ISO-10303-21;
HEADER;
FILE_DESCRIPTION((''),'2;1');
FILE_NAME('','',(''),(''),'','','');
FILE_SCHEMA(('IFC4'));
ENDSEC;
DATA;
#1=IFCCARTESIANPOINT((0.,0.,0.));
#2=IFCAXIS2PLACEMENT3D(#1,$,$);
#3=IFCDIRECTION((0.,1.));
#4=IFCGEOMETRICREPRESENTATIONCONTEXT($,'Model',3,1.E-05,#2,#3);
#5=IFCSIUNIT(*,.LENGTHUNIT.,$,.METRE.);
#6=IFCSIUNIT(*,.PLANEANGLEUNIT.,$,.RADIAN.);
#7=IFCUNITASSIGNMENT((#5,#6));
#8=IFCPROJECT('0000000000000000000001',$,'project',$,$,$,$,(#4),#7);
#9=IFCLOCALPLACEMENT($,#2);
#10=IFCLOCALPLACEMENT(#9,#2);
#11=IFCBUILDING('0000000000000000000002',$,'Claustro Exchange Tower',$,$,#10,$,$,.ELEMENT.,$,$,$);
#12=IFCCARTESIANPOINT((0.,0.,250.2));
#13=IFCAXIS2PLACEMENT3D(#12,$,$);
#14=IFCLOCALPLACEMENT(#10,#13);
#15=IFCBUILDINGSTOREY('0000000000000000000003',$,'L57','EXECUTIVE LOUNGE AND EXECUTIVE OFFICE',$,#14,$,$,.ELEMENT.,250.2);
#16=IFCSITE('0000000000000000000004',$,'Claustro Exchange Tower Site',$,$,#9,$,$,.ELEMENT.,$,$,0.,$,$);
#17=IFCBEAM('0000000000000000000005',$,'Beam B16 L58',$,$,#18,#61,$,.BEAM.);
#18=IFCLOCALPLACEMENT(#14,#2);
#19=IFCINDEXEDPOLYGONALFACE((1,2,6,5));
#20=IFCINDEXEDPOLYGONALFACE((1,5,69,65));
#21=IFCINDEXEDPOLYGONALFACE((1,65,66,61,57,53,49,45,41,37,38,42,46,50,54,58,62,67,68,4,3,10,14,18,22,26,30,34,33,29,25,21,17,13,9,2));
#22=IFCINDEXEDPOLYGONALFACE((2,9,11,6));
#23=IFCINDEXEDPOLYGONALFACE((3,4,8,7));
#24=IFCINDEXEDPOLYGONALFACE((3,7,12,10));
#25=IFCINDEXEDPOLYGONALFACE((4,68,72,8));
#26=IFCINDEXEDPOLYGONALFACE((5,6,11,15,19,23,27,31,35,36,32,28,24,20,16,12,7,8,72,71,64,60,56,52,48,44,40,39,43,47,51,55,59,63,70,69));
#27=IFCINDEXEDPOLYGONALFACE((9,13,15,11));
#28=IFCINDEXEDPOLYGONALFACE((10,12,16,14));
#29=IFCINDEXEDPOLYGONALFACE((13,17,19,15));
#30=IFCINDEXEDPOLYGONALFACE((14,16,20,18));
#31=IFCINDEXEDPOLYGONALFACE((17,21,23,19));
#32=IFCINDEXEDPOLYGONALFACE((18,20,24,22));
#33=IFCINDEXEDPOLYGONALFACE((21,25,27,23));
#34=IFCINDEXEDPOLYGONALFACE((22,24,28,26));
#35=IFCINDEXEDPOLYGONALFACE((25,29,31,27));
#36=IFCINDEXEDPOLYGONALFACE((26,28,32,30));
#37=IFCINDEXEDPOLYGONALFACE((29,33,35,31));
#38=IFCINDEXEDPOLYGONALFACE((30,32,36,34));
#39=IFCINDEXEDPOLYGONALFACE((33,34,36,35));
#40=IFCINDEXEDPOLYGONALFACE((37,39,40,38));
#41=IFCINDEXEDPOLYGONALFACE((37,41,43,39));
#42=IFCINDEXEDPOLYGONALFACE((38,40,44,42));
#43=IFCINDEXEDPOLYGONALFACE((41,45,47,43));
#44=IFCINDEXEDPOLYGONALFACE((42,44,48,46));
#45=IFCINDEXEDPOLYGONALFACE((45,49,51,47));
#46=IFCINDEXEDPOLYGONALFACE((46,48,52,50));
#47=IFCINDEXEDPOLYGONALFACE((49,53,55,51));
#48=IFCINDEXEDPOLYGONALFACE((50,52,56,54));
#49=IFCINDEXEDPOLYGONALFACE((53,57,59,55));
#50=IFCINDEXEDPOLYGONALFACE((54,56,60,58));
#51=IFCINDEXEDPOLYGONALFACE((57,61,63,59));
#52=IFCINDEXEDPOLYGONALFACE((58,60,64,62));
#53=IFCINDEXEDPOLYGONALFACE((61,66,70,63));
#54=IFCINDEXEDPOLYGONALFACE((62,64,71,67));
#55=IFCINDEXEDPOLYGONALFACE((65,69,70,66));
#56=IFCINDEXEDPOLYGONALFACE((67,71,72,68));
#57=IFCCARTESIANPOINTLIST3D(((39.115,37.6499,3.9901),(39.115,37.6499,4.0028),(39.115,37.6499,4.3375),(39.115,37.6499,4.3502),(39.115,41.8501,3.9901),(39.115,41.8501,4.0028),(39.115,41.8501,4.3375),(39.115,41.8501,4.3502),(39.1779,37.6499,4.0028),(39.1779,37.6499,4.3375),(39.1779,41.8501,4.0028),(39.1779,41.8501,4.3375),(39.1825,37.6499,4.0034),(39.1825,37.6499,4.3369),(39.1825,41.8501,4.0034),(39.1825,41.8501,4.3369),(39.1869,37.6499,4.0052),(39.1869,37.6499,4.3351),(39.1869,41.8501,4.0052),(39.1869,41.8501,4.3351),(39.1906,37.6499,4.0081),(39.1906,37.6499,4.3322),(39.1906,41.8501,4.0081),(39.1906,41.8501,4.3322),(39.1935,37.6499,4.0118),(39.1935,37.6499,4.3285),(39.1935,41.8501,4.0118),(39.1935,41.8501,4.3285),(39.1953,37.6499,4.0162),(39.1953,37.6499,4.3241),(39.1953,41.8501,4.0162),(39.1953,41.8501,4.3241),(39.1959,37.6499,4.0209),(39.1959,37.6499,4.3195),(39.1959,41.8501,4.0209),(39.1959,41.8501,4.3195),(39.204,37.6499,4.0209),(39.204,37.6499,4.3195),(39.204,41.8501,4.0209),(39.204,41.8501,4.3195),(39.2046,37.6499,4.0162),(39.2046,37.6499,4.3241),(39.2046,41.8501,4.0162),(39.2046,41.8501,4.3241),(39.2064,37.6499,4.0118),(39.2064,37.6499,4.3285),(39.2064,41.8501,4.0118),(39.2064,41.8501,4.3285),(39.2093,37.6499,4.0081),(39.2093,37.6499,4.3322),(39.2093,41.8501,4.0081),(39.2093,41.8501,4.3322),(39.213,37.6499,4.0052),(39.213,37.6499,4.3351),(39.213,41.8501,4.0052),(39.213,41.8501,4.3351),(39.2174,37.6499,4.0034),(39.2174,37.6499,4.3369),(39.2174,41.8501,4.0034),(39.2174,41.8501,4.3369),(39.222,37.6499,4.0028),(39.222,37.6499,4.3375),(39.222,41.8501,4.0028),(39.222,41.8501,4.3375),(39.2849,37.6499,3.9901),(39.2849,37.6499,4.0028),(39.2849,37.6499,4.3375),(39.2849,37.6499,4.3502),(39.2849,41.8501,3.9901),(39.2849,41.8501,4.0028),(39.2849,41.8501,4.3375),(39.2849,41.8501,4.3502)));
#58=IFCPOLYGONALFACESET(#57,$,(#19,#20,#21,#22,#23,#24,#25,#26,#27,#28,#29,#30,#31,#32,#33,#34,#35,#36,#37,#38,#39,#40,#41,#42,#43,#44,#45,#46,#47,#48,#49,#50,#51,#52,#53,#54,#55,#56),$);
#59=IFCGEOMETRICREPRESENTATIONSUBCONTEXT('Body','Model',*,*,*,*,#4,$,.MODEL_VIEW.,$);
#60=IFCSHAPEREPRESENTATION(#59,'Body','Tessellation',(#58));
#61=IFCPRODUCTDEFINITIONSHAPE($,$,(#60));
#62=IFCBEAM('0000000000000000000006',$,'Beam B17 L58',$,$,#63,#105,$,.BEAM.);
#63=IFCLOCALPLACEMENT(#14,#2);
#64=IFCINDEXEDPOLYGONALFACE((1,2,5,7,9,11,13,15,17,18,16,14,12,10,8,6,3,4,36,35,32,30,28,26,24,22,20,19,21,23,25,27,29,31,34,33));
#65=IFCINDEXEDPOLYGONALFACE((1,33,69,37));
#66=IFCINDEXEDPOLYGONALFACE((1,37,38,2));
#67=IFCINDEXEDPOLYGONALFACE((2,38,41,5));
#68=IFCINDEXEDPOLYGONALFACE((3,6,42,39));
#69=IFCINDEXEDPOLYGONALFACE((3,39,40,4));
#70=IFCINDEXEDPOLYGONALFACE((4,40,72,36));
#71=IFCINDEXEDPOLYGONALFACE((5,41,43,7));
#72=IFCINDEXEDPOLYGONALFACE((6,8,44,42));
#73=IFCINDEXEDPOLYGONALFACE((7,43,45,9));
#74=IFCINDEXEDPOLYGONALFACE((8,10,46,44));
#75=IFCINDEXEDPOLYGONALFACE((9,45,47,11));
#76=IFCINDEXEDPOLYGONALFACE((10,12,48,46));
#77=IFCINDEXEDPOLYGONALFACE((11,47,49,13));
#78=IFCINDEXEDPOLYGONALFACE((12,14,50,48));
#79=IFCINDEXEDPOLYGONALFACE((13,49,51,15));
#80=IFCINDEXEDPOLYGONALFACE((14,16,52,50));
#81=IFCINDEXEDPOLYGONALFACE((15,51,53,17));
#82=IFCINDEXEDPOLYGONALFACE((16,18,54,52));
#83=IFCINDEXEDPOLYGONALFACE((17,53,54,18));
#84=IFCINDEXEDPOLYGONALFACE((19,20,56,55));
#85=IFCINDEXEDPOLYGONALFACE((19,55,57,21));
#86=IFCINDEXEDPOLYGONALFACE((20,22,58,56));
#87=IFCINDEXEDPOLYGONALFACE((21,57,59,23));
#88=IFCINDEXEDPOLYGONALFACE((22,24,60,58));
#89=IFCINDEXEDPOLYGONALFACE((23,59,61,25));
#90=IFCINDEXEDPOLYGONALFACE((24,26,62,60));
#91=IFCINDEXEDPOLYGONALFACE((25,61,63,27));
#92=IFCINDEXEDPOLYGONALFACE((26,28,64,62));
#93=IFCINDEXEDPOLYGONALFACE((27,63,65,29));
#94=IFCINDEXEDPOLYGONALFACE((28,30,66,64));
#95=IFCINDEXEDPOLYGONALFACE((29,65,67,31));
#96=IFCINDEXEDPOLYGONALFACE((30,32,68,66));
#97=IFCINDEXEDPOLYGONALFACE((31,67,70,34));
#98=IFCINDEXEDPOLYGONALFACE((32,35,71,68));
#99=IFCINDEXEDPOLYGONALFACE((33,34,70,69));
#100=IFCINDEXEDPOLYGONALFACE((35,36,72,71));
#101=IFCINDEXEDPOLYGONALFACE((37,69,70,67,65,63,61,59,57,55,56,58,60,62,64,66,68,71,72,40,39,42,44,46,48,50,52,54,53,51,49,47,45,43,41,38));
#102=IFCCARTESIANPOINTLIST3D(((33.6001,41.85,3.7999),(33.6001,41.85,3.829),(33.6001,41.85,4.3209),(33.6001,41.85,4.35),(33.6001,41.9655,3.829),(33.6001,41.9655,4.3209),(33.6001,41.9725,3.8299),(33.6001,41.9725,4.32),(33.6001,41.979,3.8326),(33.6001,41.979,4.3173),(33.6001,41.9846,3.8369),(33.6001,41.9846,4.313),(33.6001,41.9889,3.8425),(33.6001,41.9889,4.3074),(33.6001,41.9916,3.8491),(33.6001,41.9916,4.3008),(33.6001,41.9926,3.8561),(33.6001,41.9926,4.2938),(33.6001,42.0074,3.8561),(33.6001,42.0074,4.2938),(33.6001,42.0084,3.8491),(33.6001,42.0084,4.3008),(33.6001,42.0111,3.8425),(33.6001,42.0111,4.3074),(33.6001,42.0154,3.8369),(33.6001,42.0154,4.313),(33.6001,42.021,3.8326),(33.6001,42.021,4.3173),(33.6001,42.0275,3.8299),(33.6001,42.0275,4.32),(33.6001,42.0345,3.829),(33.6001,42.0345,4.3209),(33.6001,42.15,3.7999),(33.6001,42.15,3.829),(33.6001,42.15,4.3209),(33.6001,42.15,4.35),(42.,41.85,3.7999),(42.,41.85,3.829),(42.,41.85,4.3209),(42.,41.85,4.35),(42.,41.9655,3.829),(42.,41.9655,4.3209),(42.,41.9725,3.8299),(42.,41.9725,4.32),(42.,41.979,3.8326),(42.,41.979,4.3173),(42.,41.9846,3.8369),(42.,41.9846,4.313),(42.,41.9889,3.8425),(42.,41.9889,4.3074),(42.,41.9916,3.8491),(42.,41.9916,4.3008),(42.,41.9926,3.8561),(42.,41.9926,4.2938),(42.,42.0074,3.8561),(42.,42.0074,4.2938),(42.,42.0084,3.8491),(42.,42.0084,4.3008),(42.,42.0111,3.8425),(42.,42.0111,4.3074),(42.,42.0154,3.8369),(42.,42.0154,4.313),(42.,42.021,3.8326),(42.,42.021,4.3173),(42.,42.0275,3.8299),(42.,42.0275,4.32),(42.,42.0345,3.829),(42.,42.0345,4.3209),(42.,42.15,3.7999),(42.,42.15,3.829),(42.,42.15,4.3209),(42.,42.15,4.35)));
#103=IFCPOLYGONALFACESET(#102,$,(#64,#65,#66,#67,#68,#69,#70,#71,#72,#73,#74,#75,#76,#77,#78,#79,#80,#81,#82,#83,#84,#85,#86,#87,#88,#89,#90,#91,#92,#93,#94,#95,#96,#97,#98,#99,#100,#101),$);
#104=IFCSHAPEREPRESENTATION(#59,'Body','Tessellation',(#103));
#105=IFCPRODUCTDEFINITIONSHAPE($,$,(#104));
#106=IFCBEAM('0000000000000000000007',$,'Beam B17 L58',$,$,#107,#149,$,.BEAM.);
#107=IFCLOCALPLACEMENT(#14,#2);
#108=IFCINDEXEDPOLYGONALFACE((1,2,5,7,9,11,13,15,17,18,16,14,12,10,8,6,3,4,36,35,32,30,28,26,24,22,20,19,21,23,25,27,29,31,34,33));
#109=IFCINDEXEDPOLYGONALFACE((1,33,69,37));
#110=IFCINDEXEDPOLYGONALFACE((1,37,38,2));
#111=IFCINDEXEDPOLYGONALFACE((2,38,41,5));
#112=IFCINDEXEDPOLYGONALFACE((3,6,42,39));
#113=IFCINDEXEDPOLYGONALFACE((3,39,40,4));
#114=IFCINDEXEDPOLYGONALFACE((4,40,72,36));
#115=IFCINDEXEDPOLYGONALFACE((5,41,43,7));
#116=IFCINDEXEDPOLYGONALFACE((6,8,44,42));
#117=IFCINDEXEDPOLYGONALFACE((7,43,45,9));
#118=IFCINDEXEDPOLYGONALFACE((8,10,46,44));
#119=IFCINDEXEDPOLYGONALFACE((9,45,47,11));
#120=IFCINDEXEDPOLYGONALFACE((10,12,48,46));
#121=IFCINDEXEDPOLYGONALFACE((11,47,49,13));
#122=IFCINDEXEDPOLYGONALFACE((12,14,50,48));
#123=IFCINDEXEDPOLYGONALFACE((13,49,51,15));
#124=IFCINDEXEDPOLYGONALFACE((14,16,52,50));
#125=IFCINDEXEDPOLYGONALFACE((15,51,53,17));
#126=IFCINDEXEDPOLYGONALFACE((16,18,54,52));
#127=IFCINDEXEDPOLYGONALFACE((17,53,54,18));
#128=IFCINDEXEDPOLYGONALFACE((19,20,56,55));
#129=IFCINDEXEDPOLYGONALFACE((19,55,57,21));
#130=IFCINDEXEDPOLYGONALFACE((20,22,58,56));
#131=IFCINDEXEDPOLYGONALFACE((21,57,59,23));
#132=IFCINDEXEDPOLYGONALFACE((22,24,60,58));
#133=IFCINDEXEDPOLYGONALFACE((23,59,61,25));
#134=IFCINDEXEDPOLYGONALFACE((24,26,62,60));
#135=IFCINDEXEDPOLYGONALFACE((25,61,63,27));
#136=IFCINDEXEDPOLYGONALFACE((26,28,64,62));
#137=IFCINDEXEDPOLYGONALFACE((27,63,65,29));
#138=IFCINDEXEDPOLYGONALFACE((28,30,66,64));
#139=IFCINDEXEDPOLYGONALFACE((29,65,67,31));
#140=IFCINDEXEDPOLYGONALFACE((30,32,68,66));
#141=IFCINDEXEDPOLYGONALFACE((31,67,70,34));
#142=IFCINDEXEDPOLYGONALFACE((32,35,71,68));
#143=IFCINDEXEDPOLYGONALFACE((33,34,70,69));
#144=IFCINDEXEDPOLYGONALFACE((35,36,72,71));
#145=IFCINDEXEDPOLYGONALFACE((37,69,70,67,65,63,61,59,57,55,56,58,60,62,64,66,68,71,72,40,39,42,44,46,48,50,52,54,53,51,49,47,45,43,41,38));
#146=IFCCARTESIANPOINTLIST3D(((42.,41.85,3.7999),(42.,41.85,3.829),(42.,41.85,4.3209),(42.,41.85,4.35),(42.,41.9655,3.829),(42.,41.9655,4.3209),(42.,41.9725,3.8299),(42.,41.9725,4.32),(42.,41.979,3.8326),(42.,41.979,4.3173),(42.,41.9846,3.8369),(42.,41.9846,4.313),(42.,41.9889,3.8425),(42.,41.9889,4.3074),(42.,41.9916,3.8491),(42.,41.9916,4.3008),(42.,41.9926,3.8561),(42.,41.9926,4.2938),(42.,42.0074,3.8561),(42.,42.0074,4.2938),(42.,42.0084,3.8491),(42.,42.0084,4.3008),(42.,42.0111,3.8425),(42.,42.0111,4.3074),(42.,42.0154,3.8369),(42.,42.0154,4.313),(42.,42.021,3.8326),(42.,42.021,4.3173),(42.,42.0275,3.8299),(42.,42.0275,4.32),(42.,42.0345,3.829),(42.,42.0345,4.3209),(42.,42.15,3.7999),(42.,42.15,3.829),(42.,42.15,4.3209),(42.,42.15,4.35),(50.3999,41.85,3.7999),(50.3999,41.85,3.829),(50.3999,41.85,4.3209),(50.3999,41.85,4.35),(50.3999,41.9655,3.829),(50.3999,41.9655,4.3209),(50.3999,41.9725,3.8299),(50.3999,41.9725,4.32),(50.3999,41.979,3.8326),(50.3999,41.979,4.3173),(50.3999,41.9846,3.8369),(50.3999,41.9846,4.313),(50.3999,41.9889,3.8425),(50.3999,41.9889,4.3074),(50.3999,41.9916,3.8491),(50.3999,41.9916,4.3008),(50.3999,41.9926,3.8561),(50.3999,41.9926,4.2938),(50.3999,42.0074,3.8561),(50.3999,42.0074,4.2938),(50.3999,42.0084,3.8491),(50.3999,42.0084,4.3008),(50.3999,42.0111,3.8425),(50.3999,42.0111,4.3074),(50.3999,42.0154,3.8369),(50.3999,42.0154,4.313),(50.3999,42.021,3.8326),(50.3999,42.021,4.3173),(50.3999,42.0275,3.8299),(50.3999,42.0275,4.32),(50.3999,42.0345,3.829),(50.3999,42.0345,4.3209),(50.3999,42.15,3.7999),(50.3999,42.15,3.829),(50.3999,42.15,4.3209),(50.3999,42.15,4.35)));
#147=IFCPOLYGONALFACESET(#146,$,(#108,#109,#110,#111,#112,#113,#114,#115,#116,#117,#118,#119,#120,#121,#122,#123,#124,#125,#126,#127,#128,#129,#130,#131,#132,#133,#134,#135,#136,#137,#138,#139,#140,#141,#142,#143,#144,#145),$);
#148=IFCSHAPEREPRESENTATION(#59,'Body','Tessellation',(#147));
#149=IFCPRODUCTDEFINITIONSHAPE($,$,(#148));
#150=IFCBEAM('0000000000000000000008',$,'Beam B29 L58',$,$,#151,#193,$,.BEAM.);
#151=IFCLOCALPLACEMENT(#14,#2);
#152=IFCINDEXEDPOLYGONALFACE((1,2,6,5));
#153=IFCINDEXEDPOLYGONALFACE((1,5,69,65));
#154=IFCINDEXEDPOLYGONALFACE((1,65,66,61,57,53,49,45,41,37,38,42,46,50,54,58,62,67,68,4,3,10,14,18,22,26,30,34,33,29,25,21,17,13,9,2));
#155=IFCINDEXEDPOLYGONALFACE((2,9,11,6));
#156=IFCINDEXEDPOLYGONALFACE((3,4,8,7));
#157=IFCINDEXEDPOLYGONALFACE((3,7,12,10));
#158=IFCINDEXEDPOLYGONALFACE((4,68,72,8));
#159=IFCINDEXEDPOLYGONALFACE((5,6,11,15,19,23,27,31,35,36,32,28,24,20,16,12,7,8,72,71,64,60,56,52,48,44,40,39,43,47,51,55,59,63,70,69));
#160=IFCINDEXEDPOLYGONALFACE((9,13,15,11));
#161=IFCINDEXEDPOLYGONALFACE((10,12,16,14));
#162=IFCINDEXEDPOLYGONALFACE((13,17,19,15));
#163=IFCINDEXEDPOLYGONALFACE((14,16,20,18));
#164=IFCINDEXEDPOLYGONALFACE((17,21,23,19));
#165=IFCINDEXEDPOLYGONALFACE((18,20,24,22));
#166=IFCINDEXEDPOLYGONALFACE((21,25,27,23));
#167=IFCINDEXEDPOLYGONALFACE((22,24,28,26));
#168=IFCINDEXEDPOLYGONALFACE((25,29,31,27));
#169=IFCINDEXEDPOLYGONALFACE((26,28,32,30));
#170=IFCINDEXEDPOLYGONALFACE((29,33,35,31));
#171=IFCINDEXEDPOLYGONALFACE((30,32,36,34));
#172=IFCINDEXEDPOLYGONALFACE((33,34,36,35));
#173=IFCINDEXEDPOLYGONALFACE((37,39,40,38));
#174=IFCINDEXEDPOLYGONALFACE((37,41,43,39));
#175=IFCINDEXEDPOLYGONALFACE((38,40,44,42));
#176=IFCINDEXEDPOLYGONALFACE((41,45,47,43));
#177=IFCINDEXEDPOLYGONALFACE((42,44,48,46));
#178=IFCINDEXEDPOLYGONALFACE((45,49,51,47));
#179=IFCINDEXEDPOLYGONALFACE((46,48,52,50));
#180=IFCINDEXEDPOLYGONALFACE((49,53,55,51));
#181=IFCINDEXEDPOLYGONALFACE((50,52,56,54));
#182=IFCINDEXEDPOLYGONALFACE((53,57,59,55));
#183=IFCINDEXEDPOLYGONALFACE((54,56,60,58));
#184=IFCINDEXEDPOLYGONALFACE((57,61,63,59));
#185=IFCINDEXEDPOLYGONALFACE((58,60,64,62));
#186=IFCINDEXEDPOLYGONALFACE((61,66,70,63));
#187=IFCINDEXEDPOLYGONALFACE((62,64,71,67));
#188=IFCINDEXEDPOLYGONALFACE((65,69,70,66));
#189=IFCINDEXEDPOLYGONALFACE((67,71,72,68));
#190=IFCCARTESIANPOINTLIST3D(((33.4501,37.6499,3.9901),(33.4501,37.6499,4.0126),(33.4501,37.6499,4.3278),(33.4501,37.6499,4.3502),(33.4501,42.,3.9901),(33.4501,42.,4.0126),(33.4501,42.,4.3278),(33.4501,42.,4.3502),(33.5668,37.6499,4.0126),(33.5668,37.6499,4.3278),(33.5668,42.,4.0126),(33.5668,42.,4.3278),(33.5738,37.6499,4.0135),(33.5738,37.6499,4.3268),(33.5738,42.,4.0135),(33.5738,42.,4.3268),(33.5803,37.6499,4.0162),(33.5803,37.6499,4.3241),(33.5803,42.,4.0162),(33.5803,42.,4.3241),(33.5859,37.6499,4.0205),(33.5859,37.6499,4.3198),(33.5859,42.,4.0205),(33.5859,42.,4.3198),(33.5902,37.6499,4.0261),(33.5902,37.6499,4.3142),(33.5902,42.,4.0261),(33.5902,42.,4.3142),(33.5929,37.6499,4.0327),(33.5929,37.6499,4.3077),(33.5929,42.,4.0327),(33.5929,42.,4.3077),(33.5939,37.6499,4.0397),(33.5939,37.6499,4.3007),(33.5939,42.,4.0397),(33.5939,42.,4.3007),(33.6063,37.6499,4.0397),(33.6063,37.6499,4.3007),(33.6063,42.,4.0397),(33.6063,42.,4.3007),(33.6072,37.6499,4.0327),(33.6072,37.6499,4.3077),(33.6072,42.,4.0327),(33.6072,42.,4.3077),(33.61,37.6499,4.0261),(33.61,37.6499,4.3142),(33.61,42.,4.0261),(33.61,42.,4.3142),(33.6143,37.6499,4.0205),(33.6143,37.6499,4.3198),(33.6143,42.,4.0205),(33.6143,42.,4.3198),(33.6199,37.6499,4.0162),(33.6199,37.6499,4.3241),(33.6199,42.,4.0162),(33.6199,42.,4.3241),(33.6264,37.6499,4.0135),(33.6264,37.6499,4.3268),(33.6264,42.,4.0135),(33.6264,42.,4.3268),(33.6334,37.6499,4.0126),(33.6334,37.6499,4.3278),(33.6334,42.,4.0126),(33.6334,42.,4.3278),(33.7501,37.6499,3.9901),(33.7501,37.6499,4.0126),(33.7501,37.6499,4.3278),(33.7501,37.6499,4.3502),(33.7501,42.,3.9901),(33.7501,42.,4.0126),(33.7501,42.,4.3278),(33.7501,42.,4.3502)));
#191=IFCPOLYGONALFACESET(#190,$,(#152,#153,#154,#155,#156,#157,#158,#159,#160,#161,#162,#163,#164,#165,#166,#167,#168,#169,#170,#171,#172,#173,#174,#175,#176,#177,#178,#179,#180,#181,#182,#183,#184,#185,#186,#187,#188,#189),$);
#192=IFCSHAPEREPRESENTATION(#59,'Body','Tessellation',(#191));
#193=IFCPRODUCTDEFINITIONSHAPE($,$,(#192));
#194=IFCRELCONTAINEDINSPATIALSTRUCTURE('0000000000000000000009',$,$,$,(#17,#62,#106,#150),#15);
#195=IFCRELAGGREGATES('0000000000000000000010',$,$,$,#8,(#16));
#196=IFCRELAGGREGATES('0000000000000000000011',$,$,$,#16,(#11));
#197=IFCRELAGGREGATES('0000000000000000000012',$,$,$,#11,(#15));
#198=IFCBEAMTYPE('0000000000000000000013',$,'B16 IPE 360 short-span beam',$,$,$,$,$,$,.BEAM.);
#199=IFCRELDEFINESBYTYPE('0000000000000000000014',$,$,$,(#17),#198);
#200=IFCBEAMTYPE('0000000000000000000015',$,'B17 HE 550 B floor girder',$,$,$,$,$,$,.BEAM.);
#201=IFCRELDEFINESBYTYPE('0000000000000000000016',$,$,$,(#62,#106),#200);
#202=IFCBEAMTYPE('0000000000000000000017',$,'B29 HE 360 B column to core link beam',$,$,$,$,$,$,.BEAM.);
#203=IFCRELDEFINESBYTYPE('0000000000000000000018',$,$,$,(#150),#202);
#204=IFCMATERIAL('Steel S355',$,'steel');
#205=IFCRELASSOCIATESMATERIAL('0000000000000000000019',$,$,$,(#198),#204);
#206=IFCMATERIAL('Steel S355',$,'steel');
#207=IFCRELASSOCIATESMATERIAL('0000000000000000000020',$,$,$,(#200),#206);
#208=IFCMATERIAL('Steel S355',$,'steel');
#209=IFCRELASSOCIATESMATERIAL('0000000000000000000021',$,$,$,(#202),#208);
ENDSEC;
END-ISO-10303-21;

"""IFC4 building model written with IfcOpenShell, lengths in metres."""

from ifc_helpers import new_model, si_unit, direction, frame, origin, origin_2d, place, context, subcontext, project, spatial, i_section, extrude, material, material_profile, profile_set, type_object, element, save


model = new_model("IFC4")

# Units and contexts
model_context = context("Model", 3, precision=1e-05, world=origin(), true_north=direction((0.0, 1.0)))
body_context = subcontext(model_context, "Body", "Model", "MODEL_VIEW")
ifc_project = project(units=[si_unit("LENGTHUNIT", "METRE"), si_unit("PLANEANGLEUNIT", "RADIAN")], contexts=[model_context])

# Site, building, storey
site_placement = place(None, origin())
site = spatial("IfcSite", under=ifc_project, at=site_placement, Name="Claustro Exchange Tower Site", CompositionType="ELEMENT", RefElevation=0.0)
building_placement = place(site_placement, origin())
building = spatial("IfcBuilding", under=site, at=building_placement, Name="Claustro Exchange Tower", CompositionType="ELEMENT")
storey_placement = place(building_placement, frame((0.0, 0.0, 250.2)))
storey = spatial("IfcBuildingStorey", under=building, at=storey_placement, Name="L57", Description="EXECUTIVE LOUNGE AND EXECUTIVE OFFICE", CompositionType="ELEMENT", Elevation=250.2)

# Beams
ifc_material_1 = material(Name="Steel S355", Category="steel")
ifc_material_profile_1 = material_profile(ifc_material_1, i_section(OverallWidth=0.1699, OverallDepth=0.3601, WebThickness=0.0081, FlangeThickness=0.0127, FilletRadius=0.0181, at=origin_2d()), Name="IPE 360")
ifc_profile_set_1 = profile_set([ifc_material_profile_1], Name="Steel S355")
beam_type_1 = type_object("IfcBeamType", Name="B16 IPE 360 short-span beam", PredefinedType="BEAM", material=ifc_profile_set_1)
for number, where, z_axis, x_axis, name in (
    (1, (39.2, 37.6499, 4.1702), (0.0, 1.0, 0.0), (-1.0, 0.0, 0.0), "Beam B16 L58"),
):
    element("IfcBeam", number, at=place(storey_placement, frame(where, z_axis=z_axis, x_axis=x_axis)), inside=storey, type_object=beam_type_1, Name=name, PredefinedType="BEAM", context=body_context, shape_type="SweptSolid", body=[
        extrude(i_section(OverallWidth=0.1699, OverallDepth=0.3601, WebThickness=0.0081, FlangeThickness=0.0127, FilletRadius=0.0181, at=origin_2d()), origin(), (0.0, 0.0, 1.0), 4.2002),
    ])
ifc_material_2 = material(Name="Steel S355", Category="steel")
ifc_material_profile_2 = material_profile(ifc_material_2, i_section(OverallWidth=0.3, OverallDepth=0.55, WebThickness=0.0149, FlangeThickness=0.0291, FilletRadius=0.0271, at=origin_2d()), Name="HE 550 B")
ifc_profile_set_2 = profile_set([ifc_material_profile_2], Name="Steel S355")
beam_type_2 = type_object("IfcBeamType", Name="B17 HE 550 B floor girder", PredefinedType="BEAM", material=ifc_profile_set_2)
for number, where, z_axis, x_axis, name in (
    (2, (33.6001, 42.0, 4.075), (1.0, 0.0, 0.0), (0.0, 1.0, 0.0), "Beam B17 L58"),
    (3, (42.0, 42.0, 4.075), (1.0, 0.0, 0.0), (0.0, 1.0, 0.0), "Beam B17 L58"),
):
    element("IfcBeam", number, at=place(storey_placement, frame(where, z_axis=z_axis, x_axis=x_axis)), inside=storey, type_object=beam_type_2, Name=name, PredefinedType="BEAM", context=body_context, shape_type="SweptSolid", body=[
        extrude(i_section(OverallWidth=0.3, OverallDepth=0.55, WebThickness=0.0149, FlangeThickness=0.0291, FilletRadius=0.0271, at=origin_2d()), origin(), (0.0, 0.0, 1.0), 8.3999),
    ])
ifc_material_3 = material(Name="Steel S355", Category="steel")
ifc_material_profile_3 = material_profile(ifc_material_3, i_section(OverallWidth=0.3, OverallDepth=0.3601, WebThickness=0.0125, FlangeThickness=0.0225, FilletRadius=0.0271, at=origin_2d()), Name="HE 360 B")
ifc_profile_set_3 = profile_set([ifc_material_profile_3], Name="Steel S355")
beam_type_3 = type_object("IfcBeamType", Name="B29 HE 360 B column to core link beam", PredefinedType="BEAM", material=ifc_profile_set_3)
for number, where, z_axis, x_axis, name in (
    (4, (33.6001, 37.6499, 4.1702), (0.0, 1.0, 0.0), (-1.0, 0.0, 0.0), "Beam B29 L58"),
):
    element("IfcBeam", number, at=place(storey_placement, frame(where, z_axis=z_axis, x_axis=x_axis)), inside=storey, type_object=beam_type_3, Name=name, PredefinedType="BEAM", context=body_context, shape_type="SweptSolid", body=[
        extrude(i_section(OverallWidth=0.3, OverallDepth=0.3601, WebThickness=0.0125, FlangeThickness=0.0225, FilletRadius=0.0271, at=origin_2d()), origin(), (0.0, 0.0, 1.0), 4.3501),
    ])

save(model, "model.ifc")
